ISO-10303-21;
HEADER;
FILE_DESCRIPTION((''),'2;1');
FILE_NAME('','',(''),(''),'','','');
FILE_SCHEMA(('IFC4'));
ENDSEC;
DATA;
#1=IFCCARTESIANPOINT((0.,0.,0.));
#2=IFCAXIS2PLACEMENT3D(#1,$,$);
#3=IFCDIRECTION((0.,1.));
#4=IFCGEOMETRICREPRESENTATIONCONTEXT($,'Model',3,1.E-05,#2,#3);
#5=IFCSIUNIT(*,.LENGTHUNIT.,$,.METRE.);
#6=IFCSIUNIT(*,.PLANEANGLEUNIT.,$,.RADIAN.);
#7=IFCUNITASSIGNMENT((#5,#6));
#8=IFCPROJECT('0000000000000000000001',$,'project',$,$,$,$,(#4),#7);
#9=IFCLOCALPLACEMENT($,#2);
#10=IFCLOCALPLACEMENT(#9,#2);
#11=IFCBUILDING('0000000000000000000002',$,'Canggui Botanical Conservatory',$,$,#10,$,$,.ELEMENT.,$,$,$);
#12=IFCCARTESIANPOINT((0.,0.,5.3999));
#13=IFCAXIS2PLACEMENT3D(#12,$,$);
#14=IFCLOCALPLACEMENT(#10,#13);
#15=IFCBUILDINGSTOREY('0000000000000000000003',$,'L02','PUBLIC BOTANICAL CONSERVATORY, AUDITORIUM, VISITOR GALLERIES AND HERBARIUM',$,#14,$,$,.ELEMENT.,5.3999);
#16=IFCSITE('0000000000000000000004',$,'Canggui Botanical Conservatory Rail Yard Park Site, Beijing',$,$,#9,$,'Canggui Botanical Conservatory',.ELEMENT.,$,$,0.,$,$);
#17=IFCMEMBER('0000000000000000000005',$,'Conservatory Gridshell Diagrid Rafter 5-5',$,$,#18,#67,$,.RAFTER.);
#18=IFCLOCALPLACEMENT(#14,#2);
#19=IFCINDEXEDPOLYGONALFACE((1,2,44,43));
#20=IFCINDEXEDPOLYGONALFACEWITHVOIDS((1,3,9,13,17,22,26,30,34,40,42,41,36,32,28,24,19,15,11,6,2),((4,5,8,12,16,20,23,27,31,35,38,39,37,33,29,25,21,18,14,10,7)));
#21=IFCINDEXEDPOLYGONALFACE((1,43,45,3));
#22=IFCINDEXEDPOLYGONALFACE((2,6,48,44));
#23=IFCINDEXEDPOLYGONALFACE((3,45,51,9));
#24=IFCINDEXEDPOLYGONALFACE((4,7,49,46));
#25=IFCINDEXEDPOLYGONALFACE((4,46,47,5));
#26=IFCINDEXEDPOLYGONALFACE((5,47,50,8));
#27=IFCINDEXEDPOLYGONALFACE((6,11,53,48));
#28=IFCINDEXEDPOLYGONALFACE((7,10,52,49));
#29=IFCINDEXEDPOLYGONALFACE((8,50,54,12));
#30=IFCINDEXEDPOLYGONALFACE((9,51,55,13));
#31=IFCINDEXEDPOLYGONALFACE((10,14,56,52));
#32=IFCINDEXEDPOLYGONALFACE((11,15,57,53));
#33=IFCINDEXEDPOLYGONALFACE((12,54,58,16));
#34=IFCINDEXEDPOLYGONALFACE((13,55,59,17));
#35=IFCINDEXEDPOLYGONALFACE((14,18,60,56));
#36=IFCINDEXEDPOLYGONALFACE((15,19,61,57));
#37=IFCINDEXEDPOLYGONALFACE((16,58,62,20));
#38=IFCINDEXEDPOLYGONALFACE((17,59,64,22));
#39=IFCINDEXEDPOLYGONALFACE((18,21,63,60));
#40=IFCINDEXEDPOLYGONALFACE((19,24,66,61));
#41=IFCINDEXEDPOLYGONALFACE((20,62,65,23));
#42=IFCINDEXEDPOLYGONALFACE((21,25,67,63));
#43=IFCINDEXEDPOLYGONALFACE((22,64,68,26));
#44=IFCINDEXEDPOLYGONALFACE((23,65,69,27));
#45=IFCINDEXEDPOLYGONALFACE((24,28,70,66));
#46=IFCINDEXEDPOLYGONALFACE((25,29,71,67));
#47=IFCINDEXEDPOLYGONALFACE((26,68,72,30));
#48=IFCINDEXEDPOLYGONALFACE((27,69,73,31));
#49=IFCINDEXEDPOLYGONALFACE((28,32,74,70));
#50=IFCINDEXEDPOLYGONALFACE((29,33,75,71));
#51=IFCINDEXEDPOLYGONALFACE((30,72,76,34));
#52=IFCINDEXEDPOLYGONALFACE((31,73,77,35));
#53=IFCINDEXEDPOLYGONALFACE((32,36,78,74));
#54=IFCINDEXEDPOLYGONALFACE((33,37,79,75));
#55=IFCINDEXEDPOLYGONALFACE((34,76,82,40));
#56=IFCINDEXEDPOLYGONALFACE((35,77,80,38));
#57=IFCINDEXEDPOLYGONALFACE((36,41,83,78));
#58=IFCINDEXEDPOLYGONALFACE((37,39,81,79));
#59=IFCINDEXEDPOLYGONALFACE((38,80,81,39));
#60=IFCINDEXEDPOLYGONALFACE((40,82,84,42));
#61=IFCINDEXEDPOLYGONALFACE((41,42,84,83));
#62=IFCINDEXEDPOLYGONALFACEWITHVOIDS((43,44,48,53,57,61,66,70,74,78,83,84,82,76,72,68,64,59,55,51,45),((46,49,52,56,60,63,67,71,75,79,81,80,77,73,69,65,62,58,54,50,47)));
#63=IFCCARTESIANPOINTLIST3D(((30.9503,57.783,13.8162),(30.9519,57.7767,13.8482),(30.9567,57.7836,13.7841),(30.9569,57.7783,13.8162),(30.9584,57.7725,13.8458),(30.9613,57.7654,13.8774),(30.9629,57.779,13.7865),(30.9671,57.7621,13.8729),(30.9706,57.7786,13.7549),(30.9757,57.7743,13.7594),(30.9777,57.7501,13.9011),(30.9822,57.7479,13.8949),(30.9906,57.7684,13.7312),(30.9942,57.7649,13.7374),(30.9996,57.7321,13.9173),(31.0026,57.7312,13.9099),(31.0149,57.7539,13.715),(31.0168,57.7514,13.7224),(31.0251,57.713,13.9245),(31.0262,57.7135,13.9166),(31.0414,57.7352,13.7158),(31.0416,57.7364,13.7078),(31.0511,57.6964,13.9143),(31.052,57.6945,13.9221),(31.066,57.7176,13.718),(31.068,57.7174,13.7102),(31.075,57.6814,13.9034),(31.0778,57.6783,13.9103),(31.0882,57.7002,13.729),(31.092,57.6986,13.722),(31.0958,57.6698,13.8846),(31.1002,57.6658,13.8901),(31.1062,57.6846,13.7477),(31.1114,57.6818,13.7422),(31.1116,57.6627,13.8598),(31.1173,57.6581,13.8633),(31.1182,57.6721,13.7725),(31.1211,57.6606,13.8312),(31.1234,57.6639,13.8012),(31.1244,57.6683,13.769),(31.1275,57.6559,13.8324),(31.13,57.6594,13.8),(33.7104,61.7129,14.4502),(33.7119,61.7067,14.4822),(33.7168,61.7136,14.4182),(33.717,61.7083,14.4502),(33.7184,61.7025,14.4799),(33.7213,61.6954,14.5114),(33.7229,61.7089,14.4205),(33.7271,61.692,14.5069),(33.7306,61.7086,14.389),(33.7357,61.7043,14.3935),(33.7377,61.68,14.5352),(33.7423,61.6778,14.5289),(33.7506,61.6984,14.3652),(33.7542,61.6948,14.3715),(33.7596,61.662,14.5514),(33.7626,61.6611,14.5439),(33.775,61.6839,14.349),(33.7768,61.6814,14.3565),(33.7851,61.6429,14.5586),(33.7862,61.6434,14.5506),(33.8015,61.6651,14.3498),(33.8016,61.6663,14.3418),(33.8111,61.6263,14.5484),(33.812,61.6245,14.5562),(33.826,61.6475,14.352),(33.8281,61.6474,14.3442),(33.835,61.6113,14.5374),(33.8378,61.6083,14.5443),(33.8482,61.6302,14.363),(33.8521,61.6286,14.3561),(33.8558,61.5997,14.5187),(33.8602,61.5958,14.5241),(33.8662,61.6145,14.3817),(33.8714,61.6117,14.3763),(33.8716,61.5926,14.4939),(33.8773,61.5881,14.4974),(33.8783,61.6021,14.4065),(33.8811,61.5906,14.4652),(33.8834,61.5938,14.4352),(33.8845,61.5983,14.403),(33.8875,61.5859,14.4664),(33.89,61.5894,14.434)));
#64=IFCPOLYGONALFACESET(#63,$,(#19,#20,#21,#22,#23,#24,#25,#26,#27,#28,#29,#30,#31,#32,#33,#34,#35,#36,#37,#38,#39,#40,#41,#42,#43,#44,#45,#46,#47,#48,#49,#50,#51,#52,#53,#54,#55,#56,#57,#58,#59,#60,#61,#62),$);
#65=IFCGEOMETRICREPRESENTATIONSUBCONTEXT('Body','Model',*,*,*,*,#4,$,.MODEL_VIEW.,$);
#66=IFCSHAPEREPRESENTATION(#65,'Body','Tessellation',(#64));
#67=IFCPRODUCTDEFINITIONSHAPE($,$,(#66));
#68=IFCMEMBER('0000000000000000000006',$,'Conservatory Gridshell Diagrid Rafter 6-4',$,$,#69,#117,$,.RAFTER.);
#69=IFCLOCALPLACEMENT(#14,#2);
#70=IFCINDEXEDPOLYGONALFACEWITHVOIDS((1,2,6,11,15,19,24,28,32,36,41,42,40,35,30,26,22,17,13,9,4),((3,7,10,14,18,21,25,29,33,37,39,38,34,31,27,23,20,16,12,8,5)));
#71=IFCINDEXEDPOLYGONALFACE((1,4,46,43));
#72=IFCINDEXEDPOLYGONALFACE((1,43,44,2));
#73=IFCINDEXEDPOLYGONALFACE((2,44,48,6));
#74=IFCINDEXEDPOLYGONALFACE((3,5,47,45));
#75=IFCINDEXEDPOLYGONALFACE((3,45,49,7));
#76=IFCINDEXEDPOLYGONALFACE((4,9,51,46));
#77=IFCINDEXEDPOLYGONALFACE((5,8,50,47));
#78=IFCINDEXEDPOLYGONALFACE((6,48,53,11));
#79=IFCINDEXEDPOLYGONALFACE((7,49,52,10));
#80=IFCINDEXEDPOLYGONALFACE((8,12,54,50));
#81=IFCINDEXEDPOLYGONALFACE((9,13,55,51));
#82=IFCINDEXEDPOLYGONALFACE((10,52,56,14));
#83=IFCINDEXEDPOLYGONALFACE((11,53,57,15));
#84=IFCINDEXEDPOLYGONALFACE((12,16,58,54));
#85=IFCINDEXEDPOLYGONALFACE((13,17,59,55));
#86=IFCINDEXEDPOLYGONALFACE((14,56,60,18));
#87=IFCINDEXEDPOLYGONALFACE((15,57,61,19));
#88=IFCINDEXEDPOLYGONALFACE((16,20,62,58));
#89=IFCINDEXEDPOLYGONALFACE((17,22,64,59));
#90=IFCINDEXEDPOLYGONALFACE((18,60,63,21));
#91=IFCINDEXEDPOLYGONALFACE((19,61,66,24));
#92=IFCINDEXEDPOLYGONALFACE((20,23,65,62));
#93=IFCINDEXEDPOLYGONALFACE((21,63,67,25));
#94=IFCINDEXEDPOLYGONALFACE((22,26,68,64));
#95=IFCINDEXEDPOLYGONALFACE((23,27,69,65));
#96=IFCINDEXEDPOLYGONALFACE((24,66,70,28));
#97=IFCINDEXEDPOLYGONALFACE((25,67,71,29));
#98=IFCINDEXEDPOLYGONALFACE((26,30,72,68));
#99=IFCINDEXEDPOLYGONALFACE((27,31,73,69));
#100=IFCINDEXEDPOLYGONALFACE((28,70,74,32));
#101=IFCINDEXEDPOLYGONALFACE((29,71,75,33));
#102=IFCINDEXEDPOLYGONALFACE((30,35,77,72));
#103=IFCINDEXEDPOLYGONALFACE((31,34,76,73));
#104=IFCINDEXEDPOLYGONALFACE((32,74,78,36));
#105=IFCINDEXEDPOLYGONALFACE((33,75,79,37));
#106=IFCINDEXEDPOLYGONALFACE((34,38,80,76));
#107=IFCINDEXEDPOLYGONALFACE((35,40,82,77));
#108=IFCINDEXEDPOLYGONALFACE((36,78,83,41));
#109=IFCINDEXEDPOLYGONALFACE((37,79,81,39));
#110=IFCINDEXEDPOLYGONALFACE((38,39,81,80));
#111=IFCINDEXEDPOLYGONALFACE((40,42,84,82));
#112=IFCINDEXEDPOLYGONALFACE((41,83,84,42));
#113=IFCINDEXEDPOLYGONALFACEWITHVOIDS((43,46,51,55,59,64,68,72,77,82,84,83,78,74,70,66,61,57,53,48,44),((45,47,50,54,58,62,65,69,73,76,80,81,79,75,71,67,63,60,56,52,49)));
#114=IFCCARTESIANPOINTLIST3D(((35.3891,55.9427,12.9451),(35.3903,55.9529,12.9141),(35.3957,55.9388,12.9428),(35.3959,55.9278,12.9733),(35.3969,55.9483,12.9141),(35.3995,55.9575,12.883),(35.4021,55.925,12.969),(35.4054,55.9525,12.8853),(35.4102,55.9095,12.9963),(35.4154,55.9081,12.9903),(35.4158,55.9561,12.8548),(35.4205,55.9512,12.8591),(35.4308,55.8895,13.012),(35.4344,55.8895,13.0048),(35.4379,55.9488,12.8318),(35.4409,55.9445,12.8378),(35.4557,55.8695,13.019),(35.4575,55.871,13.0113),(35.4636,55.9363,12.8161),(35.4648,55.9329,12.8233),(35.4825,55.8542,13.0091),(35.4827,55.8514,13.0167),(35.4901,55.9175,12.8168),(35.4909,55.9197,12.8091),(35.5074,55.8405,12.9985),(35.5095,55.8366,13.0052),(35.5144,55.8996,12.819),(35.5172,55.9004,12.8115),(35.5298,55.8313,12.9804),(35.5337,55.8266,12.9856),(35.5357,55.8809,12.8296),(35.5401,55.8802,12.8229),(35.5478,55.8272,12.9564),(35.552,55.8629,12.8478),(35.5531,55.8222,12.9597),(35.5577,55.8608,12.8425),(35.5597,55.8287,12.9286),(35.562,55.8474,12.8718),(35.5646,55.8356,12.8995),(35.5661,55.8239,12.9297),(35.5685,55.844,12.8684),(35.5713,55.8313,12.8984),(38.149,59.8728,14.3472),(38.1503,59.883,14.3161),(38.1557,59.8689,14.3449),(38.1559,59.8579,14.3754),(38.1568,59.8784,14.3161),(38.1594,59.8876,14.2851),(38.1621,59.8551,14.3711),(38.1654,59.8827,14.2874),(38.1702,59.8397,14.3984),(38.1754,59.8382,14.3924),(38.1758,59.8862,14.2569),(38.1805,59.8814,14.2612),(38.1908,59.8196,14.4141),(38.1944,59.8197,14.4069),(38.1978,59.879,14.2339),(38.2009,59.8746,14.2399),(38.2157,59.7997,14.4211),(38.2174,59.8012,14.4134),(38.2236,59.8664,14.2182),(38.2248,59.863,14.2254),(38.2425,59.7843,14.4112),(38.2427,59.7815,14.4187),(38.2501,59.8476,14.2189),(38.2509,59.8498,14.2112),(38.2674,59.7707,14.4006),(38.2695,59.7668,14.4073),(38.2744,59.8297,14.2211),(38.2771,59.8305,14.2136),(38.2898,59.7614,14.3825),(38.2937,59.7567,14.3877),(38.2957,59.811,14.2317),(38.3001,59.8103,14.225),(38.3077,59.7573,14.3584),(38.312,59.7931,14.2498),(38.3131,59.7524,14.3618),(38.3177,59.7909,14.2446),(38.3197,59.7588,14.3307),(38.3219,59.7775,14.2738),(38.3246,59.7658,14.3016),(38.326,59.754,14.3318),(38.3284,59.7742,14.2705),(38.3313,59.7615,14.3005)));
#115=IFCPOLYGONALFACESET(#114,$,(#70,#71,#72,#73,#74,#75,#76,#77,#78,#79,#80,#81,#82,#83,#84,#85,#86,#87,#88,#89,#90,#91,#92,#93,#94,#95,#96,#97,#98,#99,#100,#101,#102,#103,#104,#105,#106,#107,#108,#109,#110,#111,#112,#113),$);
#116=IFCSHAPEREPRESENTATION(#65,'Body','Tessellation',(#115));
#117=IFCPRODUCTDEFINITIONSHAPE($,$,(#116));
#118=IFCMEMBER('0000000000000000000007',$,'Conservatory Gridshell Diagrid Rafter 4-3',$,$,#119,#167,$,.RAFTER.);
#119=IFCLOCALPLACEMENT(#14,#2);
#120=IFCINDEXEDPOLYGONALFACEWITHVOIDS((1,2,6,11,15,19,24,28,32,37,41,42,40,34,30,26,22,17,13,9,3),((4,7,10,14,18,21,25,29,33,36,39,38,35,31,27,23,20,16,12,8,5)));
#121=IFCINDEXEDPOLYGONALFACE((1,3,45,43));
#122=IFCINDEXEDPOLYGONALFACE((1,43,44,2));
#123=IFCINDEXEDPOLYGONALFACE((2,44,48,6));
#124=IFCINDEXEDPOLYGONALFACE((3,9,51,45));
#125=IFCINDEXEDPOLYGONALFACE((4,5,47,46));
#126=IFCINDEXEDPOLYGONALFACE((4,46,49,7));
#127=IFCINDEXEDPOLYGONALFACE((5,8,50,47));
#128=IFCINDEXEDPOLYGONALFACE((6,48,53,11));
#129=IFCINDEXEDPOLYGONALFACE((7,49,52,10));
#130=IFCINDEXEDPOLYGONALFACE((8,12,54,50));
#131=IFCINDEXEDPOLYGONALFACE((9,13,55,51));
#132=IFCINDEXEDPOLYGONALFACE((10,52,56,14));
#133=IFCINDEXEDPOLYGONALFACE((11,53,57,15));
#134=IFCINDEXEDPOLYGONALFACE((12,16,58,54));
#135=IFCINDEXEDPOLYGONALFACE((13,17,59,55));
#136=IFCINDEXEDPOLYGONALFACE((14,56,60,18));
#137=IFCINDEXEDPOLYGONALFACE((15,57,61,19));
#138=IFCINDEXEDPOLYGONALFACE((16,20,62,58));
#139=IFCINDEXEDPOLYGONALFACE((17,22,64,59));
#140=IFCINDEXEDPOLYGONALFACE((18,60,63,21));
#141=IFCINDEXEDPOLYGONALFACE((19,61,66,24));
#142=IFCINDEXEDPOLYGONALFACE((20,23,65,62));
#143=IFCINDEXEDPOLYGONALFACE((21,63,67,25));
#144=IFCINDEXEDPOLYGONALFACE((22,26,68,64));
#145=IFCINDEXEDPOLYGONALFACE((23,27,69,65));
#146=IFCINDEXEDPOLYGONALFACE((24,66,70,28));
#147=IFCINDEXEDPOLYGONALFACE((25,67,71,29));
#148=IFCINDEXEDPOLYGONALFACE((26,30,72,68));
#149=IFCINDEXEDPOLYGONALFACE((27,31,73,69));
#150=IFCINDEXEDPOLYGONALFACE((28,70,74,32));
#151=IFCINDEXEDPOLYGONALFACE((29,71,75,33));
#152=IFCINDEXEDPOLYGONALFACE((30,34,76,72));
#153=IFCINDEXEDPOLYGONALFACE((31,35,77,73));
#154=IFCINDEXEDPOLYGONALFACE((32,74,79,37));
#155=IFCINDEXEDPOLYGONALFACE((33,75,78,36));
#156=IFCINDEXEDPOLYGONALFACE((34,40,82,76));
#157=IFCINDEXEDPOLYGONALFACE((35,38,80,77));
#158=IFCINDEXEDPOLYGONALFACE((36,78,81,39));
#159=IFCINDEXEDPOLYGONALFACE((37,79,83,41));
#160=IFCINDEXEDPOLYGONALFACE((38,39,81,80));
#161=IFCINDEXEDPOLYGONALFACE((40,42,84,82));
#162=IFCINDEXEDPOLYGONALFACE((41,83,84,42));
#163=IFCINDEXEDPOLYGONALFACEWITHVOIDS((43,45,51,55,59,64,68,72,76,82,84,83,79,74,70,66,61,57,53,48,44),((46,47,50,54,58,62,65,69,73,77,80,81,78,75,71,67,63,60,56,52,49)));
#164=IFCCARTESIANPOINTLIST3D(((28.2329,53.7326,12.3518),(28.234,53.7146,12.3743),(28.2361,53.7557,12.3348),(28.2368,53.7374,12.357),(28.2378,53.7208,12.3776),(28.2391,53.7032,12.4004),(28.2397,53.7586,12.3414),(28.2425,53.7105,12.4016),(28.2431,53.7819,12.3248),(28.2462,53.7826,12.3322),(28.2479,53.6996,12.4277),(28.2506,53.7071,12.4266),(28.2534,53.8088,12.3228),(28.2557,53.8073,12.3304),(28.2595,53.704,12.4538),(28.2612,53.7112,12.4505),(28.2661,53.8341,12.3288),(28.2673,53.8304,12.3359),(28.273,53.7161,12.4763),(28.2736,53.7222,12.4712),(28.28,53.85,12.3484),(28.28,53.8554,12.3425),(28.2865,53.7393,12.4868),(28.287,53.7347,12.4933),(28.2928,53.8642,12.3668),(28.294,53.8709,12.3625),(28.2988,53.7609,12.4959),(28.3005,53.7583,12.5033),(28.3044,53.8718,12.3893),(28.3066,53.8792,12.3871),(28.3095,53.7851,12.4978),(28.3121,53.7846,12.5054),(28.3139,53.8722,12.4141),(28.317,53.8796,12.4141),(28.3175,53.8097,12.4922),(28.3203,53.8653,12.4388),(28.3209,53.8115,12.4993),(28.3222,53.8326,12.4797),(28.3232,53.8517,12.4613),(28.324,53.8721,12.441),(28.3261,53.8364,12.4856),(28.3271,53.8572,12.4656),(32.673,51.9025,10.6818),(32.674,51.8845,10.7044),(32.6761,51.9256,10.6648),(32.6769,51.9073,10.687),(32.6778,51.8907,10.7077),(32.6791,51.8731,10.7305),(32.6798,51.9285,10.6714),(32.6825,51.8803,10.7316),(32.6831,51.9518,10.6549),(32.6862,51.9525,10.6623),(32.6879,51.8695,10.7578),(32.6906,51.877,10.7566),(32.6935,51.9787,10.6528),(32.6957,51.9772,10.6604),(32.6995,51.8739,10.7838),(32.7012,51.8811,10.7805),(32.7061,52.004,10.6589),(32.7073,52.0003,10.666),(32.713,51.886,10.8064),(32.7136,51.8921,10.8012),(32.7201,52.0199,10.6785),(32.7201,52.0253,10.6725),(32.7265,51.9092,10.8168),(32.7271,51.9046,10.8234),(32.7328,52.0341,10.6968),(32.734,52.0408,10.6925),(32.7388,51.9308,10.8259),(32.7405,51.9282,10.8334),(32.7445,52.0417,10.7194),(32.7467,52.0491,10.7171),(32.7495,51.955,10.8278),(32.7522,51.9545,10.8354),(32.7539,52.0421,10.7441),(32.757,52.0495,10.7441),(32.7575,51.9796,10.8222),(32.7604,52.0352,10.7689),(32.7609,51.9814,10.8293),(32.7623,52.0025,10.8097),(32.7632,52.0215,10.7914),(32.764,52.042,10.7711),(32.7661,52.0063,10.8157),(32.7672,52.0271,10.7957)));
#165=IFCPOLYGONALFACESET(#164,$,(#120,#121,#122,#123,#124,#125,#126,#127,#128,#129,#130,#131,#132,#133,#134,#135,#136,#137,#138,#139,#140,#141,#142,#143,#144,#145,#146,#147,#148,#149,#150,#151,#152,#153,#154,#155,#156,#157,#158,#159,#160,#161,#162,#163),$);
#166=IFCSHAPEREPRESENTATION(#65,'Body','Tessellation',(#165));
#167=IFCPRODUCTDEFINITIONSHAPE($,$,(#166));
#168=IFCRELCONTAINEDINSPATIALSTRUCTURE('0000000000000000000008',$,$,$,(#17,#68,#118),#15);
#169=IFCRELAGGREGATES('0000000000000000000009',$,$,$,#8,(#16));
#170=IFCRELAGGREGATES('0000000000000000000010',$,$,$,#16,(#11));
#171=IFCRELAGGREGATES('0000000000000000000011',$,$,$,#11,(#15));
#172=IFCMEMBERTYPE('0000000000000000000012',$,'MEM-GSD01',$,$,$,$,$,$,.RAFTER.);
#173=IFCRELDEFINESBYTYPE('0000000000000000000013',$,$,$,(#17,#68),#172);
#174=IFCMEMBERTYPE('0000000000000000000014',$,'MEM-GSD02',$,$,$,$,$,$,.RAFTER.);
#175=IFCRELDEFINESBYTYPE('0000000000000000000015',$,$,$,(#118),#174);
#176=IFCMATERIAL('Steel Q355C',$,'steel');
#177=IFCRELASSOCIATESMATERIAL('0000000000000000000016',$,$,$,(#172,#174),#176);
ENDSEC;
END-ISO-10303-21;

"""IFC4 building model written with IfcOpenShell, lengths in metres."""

from ifc_helpers import new_model, si_unit, direction, frame, origin, origin_2d, place, context, subcontext, project, spatial, hollow_circle, extrude, material, material_profile, profile_set, type_object, element, save


model = new_model("IFC4")

# Units and contexts
model_context = context("Model", 3, precision=1e-05, world=origin(), true_north=direction((0.0, 1.0)))
body_context = subcontext(model_context, "Body", "Model", "MODEL_VIEW")
ifc_project = project(units=[si_unit("LENGTHUNIT", "METRE"), si_unit("PLANEANGLEUNIT", "RADIAN")], contexts=[model_context])

# Site, building, storey
site_placement = place(None, origin())
site = spatial("IfcSite", under=ifc_project, at=site_placement, Name="Canggui Botanical Conservatory Rail Yard Park Site, Beijing", LongName="Canggui Botanical Conservatory", CompositionType="ELEMENT", RefElevation=0.0)
building_placement = place(site_placement, origin())
building = spatial("IfcBuilding", under=site, at=building_placement, Name="Canggui Botanical Conservatory", CompositionType="ELEMENT")
storey_placement = place(building_placement, frame((0.0, 0.0, 5.3999)))
storey = spatial("IfcBuildingStorey", under=building, at=storey_placement, Name="L02", Description="PUBLIC BOTANICAL CONSERVATORY, AUDITORIUM, VISITOR GALLERIES AND HERBARIUM", CompositionType="ELEMENT", Elevation=5.3999)

# Shared definitions
ifc_material_1 = material(Name="Steel Q355C", Category="steel")

# Members
ifc_material_profile_1 = material_profile(ifc_material_1, hollow_circle(Radius=0.1096, WallThickness=0.0081, at=origin_2d()), Name="CHS 219x8")
ifc_profile_set_1 = profile_set([ifc_material_profile_1], Name="Steel Q355C")
member_type_1 = type_object("IfcMemberType", Name="MEM-GSD01", PredefinedType="RAFTER", material=ifc_profile_set_1)
member_1_placement = place(storey_placement, frame((31.04, 57.72, 13.8162), z_axis=(0.569783, 0.811304, 0.130891), x_axis=(-0.818345, 0.574728, 0.0)))
element("IfcMember", 1, at=member_1_placement, inside=storey, type_object=member_type_1, Name="Conservatory Gridshell Diagrid Rafter 5-5", PredefinedType="RAFTER", context=body_context, shape_type="SweptSolid", body=[
    extrude(hollow_circle(Radius=0.1096, WallThickness=0.0081, at=origin_2d()), origin(), (0.0, 0.0, 1.0), 4.844),
])
member_2_placement = place(storey_placement, frame((35.48, 55.8899, 12.9141), z_axis=(0.551673, 0.785567, 0.280253), x_axis=(-0.818362, 0.574704, 0.0)))
element("IfcMember", 2, at=member_2_placement, inside=storey, type_object=member_type_1, Name="Conservatory Gridshell Diagrid Rafter 6-4", PredefinedType="RAFTER", context=body_context, shape_type="SweptSolid", body=[
    extrude(hollow_circle(Radius=0.1096, WallThickness=0.0081, at=origin_2d()), origin(), (0.0, 0.0, 1.0), 5.0029),
])
ifc_material_profile_2 = material_profile(ifc_material_1, hollow_circle(Radius=0.0969, WallThickness=0.0081, at=origin_2d()), Name="CHS 194x8")
ifc_profile_set_2 = profile_set([ifc_material_profile_2], Name="Steel Q355C")
member_type_2 = type_object("IfcMemberType", Name="MEM-GSD02", PredefinedType="RAFTER", material=ifc_profile_set_2)
member_3_placement = place(storey_placement, frame((28.28, 53.79, 12.4141), z_axis=(0.873252, -0.359941, -0.328442), x_axis=(0.381082, 0.924541, 0.0)))
element("IfcMember", 3, at=member_3_placement, inside=storey, type_object=member_type_2, Name="Conservatory Gridshell Diagrid Rafter 4-3", PredefinedType="RAFTER", context=body_context, shape_type="SweptSolid", body=[
    extrude(hollow_circle(Radius=0.0969, WallThickness=0.0081, at=origin_2d()), origin(), (0.0, 0.0, 1.0), 5.0845),
])

save(model, "model.ifc")
